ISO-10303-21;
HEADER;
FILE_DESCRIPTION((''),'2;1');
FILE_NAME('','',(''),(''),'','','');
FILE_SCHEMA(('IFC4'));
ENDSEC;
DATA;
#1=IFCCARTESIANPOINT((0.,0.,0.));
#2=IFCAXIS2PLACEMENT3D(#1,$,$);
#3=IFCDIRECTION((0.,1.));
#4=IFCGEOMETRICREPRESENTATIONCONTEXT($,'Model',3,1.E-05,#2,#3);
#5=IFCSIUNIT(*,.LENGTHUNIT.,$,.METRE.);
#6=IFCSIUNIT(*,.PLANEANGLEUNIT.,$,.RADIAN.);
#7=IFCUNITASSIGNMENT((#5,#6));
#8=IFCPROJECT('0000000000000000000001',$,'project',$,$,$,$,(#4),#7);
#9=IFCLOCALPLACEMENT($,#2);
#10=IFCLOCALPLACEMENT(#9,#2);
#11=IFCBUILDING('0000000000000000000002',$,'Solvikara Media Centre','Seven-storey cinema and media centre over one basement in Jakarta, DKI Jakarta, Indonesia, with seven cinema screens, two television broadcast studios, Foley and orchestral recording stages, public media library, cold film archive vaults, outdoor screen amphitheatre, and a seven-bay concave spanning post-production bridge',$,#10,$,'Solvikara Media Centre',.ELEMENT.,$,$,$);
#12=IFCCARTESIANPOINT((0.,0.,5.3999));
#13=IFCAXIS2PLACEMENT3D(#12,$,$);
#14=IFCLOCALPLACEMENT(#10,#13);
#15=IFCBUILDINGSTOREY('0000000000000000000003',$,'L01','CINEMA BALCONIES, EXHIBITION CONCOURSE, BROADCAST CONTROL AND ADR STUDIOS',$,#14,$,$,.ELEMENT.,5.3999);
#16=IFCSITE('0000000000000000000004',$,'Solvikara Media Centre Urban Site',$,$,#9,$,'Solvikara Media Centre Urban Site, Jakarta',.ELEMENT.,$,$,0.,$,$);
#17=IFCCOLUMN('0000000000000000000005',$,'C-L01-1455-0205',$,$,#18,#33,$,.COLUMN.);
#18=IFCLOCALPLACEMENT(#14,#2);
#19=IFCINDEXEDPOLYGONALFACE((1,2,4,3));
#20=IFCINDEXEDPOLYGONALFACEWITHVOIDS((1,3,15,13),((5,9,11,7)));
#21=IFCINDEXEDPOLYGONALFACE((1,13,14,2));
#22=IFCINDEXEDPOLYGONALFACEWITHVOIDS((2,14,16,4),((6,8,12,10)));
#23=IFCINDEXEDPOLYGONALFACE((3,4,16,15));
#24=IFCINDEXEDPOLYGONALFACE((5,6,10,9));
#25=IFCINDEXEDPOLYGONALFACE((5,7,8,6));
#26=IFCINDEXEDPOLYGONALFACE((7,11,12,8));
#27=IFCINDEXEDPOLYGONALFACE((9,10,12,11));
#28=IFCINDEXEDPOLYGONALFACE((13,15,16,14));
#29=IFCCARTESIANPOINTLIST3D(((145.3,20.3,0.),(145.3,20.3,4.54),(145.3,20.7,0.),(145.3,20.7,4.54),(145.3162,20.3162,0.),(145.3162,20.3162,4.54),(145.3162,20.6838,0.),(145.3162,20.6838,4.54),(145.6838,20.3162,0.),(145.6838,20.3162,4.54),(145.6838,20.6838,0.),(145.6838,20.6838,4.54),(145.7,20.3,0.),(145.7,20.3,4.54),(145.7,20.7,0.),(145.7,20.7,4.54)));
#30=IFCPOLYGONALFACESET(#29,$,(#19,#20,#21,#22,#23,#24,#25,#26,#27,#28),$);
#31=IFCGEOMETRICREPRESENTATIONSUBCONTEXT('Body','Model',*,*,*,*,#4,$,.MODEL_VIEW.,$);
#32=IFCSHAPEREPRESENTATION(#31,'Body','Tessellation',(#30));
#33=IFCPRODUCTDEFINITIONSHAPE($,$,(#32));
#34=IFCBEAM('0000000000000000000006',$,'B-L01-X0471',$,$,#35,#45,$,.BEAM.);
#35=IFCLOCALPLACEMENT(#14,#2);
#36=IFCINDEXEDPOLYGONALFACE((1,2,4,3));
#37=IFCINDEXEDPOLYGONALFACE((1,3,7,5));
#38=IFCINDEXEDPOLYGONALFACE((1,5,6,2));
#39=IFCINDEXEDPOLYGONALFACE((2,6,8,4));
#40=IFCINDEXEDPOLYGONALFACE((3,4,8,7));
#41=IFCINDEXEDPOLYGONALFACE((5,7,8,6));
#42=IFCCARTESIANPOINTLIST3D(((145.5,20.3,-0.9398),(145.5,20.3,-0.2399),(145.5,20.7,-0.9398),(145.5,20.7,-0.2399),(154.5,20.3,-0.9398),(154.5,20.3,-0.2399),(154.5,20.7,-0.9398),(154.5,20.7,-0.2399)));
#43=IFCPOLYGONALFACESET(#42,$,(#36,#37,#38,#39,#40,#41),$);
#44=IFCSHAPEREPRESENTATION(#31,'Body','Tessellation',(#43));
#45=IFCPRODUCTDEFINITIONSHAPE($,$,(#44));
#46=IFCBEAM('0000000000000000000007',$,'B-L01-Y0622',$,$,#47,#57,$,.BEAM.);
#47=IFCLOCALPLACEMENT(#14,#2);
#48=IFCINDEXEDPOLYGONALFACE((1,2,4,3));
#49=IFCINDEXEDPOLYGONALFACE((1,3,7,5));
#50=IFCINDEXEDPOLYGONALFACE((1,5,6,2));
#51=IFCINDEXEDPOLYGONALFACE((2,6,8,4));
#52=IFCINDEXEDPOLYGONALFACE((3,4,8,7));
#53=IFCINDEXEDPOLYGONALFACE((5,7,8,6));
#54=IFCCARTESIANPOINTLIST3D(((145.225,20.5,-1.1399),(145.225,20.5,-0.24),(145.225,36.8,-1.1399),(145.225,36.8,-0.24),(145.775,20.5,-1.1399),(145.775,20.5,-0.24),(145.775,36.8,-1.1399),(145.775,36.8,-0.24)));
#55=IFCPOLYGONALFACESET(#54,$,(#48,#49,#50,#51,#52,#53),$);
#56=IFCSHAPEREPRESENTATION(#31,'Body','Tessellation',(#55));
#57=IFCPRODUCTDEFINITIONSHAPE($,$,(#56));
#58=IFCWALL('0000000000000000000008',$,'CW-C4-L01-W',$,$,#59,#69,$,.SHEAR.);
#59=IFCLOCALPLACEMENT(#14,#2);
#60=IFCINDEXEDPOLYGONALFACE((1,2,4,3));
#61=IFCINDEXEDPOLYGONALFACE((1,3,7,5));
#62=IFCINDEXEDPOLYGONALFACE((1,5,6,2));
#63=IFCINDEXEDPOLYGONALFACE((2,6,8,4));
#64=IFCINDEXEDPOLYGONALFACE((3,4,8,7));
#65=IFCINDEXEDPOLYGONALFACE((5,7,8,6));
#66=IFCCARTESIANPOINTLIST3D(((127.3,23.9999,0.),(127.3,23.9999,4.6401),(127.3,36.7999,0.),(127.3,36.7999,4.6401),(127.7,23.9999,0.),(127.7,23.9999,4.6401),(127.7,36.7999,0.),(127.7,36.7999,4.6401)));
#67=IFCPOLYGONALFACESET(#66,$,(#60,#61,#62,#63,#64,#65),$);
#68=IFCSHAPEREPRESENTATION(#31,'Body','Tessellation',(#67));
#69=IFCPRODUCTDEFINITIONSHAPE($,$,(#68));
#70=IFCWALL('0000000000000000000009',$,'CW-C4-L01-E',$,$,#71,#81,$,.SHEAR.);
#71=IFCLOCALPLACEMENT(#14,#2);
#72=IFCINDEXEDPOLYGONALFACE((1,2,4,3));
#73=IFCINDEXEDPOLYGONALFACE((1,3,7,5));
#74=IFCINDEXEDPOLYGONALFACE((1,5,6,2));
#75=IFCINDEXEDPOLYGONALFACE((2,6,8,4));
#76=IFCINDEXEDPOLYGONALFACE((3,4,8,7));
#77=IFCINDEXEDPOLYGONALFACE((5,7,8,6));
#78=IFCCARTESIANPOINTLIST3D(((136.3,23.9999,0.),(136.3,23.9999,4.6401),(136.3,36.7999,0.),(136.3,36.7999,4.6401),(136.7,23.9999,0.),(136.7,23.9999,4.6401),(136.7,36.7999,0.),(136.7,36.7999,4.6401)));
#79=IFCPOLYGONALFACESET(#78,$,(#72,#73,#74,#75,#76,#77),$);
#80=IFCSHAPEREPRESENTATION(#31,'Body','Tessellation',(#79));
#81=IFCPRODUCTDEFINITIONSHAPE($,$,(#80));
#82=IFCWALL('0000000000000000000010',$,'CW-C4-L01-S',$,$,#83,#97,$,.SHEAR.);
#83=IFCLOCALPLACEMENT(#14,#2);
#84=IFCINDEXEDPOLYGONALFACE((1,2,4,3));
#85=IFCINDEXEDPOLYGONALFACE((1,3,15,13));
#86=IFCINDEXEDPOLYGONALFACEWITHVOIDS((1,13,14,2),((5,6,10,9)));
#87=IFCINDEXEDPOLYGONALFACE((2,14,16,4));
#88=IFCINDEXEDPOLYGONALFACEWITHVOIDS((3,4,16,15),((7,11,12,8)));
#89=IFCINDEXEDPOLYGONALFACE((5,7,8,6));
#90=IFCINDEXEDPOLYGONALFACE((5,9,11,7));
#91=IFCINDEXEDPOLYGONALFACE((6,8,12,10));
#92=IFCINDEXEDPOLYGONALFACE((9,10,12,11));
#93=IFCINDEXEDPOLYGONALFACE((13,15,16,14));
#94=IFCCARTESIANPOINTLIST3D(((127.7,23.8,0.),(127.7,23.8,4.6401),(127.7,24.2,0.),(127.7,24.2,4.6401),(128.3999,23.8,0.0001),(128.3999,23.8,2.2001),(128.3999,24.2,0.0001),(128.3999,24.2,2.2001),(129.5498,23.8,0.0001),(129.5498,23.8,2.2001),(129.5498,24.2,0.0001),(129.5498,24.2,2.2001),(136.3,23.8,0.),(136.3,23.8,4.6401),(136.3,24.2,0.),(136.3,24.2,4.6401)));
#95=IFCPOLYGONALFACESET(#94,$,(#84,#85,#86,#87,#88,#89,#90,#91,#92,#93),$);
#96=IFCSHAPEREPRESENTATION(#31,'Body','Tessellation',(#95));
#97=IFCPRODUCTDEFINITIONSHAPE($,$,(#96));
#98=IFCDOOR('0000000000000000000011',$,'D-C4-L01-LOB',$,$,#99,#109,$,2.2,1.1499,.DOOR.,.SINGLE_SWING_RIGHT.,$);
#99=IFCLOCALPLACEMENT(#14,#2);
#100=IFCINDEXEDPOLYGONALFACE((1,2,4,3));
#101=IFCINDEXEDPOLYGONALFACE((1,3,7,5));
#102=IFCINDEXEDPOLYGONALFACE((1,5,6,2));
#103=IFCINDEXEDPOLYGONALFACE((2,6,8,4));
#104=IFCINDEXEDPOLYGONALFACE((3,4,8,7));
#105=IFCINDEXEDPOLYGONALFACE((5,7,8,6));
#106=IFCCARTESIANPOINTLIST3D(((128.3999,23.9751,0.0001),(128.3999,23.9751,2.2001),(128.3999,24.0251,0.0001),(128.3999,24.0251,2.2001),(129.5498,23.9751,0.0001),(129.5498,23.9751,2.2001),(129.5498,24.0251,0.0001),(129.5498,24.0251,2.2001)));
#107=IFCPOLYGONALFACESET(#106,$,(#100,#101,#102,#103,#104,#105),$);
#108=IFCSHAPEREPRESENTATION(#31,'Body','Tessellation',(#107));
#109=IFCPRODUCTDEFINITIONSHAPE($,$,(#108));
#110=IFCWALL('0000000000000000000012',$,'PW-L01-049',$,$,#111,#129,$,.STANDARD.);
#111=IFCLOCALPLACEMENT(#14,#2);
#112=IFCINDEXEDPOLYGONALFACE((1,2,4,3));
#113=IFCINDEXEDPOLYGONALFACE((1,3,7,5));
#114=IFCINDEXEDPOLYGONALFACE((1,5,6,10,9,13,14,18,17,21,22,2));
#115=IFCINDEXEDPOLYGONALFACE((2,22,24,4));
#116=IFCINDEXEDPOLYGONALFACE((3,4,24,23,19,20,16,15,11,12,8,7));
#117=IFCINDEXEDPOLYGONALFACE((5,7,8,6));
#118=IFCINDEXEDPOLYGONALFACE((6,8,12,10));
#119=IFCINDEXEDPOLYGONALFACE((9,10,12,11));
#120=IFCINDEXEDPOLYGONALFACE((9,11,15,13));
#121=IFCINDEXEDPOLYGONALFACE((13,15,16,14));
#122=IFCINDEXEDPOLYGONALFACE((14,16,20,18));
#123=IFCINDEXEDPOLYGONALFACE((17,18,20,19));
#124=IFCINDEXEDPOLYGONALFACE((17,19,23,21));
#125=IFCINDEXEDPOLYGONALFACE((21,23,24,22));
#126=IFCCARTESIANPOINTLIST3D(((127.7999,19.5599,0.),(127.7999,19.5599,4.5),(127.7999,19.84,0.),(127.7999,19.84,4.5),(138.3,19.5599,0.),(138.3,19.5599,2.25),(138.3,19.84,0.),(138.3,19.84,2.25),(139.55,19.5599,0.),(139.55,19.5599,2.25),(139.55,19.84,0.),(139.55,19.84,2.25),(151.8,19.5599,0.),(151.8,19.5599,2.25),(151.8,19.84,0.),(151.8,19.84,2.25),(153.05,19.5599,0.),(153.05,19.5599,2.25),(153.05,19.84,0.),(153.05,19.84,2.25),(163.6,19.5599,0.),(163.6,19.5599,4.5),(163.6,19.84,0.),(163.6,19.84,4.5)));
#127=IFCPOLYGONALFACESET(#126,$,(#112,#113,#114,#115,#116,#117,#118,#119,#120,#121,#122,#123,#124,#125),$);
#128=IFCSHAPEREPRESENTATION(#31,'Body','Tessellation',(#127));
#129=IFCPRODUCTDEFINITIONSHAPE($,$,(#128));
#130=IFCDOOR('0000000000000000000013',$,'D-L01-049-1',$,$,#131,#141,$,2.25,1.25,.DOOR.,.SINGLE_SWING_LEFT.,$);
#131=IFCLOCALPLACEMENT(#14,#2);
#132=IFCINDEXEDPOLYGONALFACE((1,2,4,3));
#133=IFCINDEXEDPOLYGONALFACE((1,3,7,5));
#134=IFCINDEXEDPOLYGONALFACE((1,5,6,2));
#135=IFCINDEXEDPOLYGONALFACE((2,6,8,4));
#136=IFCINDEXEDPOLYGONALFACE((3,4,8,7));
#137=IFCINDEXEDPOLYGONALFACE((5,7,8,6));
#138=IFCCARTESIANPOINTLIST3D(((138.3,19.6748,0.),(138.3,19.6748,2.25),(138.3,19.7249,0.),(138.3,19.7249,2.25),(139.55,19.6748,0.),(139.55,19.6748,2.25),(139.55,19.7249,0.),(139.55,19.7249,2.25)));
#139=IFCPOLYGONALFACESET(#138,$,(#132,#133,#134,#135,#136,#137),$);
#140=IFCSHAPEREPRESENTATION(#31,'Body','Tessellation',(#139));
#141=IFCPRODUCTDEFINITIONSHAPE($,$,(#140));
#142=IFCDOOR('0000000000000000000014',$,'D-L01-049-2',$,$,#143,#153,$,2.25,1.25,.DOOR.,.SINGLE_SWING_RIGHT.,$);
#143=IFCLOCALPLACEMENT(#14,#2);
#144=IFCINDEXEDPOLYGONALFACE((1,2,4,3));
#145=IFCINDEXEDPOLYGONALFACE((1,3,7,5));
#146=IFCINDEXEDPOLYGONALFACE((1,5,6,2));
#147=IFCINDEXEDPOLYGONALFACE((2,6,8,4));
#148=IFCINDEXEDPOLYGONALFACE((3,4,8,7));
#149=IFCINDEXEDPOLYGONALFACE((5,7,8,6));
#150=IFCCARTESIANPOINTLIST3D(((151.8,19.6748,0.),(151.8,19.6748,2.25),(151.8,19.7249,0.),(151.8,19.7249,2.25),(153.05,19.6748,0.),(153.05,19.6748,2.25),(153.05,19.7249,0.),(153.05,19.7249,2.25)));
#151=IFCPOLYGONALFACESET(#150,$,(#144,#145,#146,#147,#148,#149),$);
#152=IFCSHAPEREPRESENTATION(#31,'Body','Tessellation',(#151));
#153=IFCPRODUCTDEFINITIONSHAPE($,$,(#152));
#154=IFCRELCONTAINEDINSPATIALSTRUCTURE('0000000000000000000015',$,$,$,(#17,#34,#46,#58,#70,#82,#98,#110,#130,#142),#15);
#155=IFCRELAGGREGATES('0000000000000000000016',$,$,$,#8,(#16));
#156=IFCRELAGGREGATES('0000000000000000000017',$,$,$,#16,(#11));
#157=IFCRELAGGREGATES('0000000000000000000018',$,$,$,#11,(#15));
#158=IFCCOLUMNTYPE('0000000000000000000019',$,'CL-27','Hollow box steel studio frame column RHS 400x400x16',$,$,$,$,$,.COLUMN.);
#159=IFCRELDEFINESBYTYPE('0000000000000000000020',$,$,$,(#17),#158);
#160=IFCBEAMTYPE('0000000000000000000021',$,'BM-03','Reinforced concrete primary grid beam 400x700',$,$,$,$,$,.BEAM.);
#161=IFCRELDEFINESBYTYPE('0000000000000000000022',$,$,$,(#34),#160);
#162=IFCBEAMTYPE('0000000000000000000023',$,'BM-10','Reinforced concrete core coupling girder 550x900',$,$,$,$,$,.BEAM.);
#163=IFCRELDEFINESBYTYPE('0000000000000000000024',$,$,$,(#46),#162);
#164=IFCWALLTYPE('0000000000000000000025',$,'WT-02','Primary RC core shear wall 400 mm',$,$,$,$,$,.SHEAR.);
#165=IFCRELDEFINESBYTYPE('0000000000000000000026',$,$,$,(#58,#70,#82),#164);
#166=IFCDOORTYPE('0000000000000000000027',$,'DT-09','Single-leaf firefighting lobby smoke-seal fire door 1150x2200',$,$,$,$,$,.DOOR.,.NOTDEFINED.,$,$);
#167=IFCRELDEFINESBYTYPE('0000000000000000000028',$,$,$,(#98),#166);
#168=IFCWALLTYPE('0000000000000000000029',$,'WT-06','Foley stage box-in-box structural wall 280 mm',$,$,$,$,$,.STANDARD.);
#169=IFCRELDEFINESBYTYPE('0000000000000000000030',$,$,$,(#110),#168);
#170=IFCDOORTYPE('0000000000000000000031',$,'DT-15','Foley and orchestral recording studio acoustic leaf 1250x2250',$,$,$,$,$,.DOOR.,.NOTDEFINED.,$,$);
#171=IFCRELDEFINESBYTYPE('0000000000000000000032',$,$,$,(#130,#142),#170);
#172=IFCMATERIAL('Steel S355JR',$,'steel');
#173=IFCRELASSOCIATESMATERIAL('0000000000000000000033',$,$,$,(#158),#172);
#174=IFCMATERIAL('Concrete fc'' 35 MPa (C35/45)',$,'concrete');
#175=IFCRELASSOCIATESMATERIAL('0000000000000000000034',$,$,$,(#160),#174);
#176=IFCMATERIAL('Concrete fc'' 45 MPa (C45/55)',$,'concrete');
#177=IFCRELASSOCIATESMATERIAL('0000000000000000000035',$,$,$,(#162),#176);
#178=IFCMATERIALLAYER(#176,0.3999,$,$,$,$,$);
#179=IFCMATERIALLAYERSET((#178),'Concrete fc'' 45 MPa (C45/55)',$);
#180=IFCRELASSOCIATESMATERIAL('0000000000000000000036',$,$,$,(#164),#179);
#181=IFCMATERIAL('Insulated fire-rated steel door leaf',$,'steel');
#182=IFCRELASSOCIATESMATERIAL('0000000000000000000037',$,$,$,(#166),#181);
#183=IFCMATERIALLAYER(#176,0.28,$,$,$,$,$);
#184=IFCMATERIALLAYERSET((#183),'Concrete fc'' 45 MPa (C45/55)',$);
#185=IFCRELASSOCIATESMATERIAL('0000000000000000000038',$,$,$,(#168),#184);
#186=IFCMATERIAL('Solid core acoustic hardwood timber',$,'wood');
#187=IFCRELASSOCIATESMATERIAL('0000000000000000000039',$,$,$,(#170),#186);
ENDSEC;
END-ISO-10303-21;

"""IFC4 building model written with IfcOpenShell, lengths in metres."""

from ifc_helpers import new_model, si_unit, direction, frame, frame_2d, origin, origin_2d, place, context, subcontext, project, spatial, rectangle, hollow_rectangle, extrude, material, layer, layer_set, material_profile, profile_set, type_object, element, fill, save


model = new_model("IFC4")

# Units and contexts
model_context = context("Model", 3, precision=1e-05, world=origin(), true_north=direction((0.0, 1.0)))
body_context = subcontext(model_context, "Body", "Model", "MODEL_VIEW")
ifc_project = project(units=[si_unit("LENGTHUNIT", "METRE"), si_unit("PLANEANGLEUNIT", "RADIAN")], contexts=[model_context])

# Site, building, storey
site_placement = place(None, origin())
site = spatial("IfcSite", under=ifc_project, at=site_placement, Name="Solvikara Media Centre Urban Site", LongName="Solvikara Media Centre Urban Site, Jakarta", CompositionType="ELEMENT", RefElevation=0.0)
building_placement = place(site_placement, origin())
building = spatial("IfcBuilding", under=site, at=building_placement, Name="Solvikara Media Centre", Description="Seven-storey cinema and media centre over one basement in Jakarta, DKI Jakarta, Indonesia, with seven cinema screens, two television broadcast studios, Foley and orchestral recording stages, public media library, cold film archive vaults, outdoor screen amphitheatre, and a seven-bay concave spanning post-production bridge", LongName="Solvikara Media Centre", CompositionType="ELEMENT")
storey_placement = place(building_placement, frame((0.0, 0.0, 5.3999)))
storey = spatial("IfcBuildingStorey", under=building, at=storey_placement, Name="L01", Description="CINEMA BALCONIES, EXHIBITION CONCOURSE, BROADCAST CONTROL AND ADR STUDIOS", CompositionType="ELEMENT", Elevation=5.3999)

# Column
ifc_material_1 = material(Name="Steel S355JR", Category="steel")
ifc_material_profile_1 = material_profile(ifc_material_1, hollow_rectangle(XDim=0.3999, YDim=0.3999, WallThickness=0.0161, at=origin_2d()), Name="RHS 400x400x16")
ifc_profile_set_1 = profile_set([ifc_material_profile_1], Name="Steel S355JR")
column_type = type_object("IfcColumnType", Name="CL-27", Description="Hollow box steel studio frame column RHS 400x400x16", PredefinedType="COLUMN", material=ifc_profile_set_1)
column_placement = place(storey_placement, frame((145.5, 20.5, 0.0), z_axis=(0.0, 0.0, 1.0), x_axis=(1.0, 0.0, 0.0)))
element("IfcColumn", 1, at=column_placement, inside=storey, type_object=column_type, Name="C-L01-1455-0205", PredefinedType="COLUMN", context=body_context, shape_type="SweptSolid", body=[
    extrude(hollow_rectangle(XDim=0.3999, YDim=0.3999, WallThickness=0.0161, at=origin_2d()), origin(), (0.0, 0.0, 1.0), 4.54),
])

# Beams
ifc_material_2 = material(Name="Concrete fc' 35 MPa (C35/45)", Category="concrete")
ifc_material_profile_2 = material_profile(ifc_material_2, rectangle(XDim=0.3999, YDim=0.7, at=origin_2d()), Name="RC 400x700")
ifc_profile_set_2 = profile_set([ifc_material_profile_2], Name="Concrete fc' 35 MPa (C35/45)")
beam_type_1 = type_object("IfcBeamType", Name="BM-03", Description="Reinforced concrete primary grid beam 400x700", PredefinedType="BEAM", material=ifc_profile_set_2)
beam_1_placement = place(storey_placement, frame((145.5, 20.5, -0.5898), z_axis=(1.0, 0.0, 0.0), x_axis=(0.0, 1.0, 0.0)))
element("IfcBeam", 2, at=beam_1_placement, inside=storey, type_object=beam_type_1, Name="B-L01-X0471", PredefinedType="BEAM", context=body_context, shape_type="SweptSolid", body=[
    extrude(rectangle(XDim=0.3999, YDim=0.7, at=origin_2d()), origin(), (0.0, 0.0, 1.0), 9.0),
])
ifc_material_3 = material(Name="Concrete fc' 45 MPa (C45/55)", Category="concrete")
ifc_material_profile_3 = material_profile(ifc_material_3, rectangle(XDim=0.55, YDim=0.8999, at=origin_2d()), Name="RC 550x900")
ifc_profile_set_3 = profile_set([ifc_material_profile_3], Name="Concrete fc' 45 MPa (C45/55)")
beam_type_2 = type_object("IfcBeamType", Name="BM-10", Description="Reinforced concrete core coupling girder 550x900", PredefinedType="BEAM", material=ifc_profile_set_3)
beam_2_placement = place(storey_placement, frame((145.5, 20.5, -0.6899), z_axis=(0.0, 1.0, 0.0), x_axis=(-1.0, 0.0, 0.0)))
element("IfcBeam", 3, at=beam_2_placement, inside=storey, type_object=beam_type_2, Name="B-L01-Y0622", PredefinedType="BEAM", context=body_context, shape_type="SweptSolid", body=[
    extrude(rectangle(XDim=0.55, YDim=0.8999, at=origin_2d()), origin(), (0.0, 0.0, 1.0), 16.3),
])

# Walls
ifc_layer_1 = layer(ifc_material_3, 0.3999)
ifc_layer_set_1 = layer_set([ifc_layer_1], Name="Concrete fc' 45 MPa (C45/55)")
wall_type_1 = type_object("IfcWallType", Name="WT-02", Description="Primary RC core shear wall 400 mm", PredefinedType="SHEAR", material=ifc_layer_set_1)
for number, where, z_axis, x_axis, name in (
    (4, (127.5, 24.0, 0.0), (0.0, 0.0, 1.0), (0.0, 1.0, 0.0), "CW-C4-L01-W"),
    (5, (136.5, 24.0, 0.0), (0.0, 0.0, 1.0), (0.0, 1.0, 0.0), "CW-C4-L01-E"),
):
    element("IfcWall", number, at=place(storey_placement, frame(where, z_axis=z_axis, x_axis=x_axis)), inside=storey, type_object=wall_type_1, Name=name, PredefinedType="SHEAR", context=body_context, shape_type="SweptSolid", body=[
        extrude(rectangle(XDim=12.8, YDim=0.3999, at=frame_2d((6.3999, 0.0))), origin(), (0.0, 0.0, 1.0), 4.6401),
    ])

# Wall, opening, door
wall_1_placement = place(storey_placement, frame((127.7, 24.0, 0.0), z_axis=(0.0, 0.0, 1.0), x_axis=(1.0, 0.0, 0.0)))
wall_1 = element("IfcWall", 6, at=wall_1_placement, inside=storey, type_object=wall_type_1, Name="CW-C4-L01-S", PredefinedType="SHEAR", context=body_context, shape_type="SweptSolid", body=[
    extrude(rectangle(XDim=8.6001, YDim=0.3999, at=frame_2d((4.3, 0.0))), origin(), (0.0, 0.0, 1.0), 4.6401),
])
opening_1_placement = place(wall_1_placement, frame((0.7, 0.0, 0.0)))
opening_1 = element("IfcOpeningElement", 7, at=opening_1_placement, cuts=wall_1, PredefinedType="OPENING", context=body_context, shape_type="SweptSolid", body=[
    extrude(rectangle(XDim=1.1499, YDim=2.2, at=frame_2d((0.575, 1.1001))), frame((0.0, 0.2119, 0.0), z_axis=(0.0, -1.0, 0.0), x_axis=(1.0, 0.0, 0.0)), (0.0, 0.0, 1.0), 0.4238),
])
ifc_material_4 = material(Name="Insulated fire-rated steel door leaf", Category="steel")
door_type_1 = type_object("IfcDoorType", Name="DT-09", Description="Single-leaf firefighting lobby smoke-seal fire door 1150x2200", OperationType="NOTDEFINED", PredefinedType="DOOR", material=ifc_material_4)
door_1_placement = place(opening_1_placement, frame((1.1499, 0.0, 0.0), z_axis=(0.0, 0.0, 1.0), x_axis=(-1.0, 0.0, 0.0)))
door_1 = element("IfcDoor", 8, at=door_1_placement, inside=storey, type_object=door_type_1, Name="D-C4-L01-LOB", OperationType="SINGLE_SWING_RIGHT", OverallHeight=2.2, OverallWidth=1.1499, PredefinedType="DOOR", context=body_context, shape_type="SweptSolid", body=[
    extrude(rectangle(XDim=1.1499, YDim=2.2, at=frame_2d((0.575, 1.1001))), frame((0.0, 0.0249, 0.0), z_axis=(0.0, -1.0, 0.0), x_axis=(1.0, 0.0, 0.0)), (0.0, 0.0, 1.0), 0.05),
])
fill(opening_1, door_1)

# Wall, openings, doors
ifc_layer_2 = layer(ifc_material_3, 0.28)
ifc_layer_set_2 = layer_set([ifc_layer_2], Name="Concrete fc' 45 MPa (C45/55)")
wall_type_2 = type_object("IfcWallType", Name="WT-06", Description="Foley stage box-in-box structural wall 280 mm", PredefinedType="STANDARD", material=ifc_layer_set_2)
wall_2_placement = place(storey_placement, frame((127.8, 19.7, 0.0), z_axis=(0.0, 0.0, 1.0), x_axis=(1.0, 0.0, 0.0)))
wall_2 = element("IfcWall", 9, at=wall_2_placement, inside=storey, type_object=wall_type_2, Name="PW-L01-049", PredefinedType="STANDARD", context=body_context, shape_type="SweptSolid", body=[
    extrude(rectangle(XDim=35.8, YDim=0.28, at=frame_2d((17.8999, 0.0))), origin(), (0.0, 0.0, 1.0), 4.5),
])
opening_2_placement = place(wall_2_placement, frame((10.5, 0.0, 0.0)))
opening_2 = element("IfcOpeningElement", 10, at=opening_2_placement, cuts=wall_2, PredefinedType="OPENING", context=body_context, shape_type="SweptSolid", body=[
    extrude(rectangle(XDim=1.25, YDim=2.25, at=frame_2d((0.625, 1.125))), frame((0.0, 0.1519, 0.0), z_axis=(0.0, -1.0, 0.0), x_axis=(1.0, 0.0, 0.0)), (0.0, 0.0, 1.0), 0.304),
])
opening_3_placement = place(wall_2_placement, frame((24.0, 0.0, 0.0)))
opening_3 = element("IfcOpeningElement", 11, at=opening_3_placement, cuts=wall_2, PredefinedType="OPENING", context=body_context, shape_type="SweptSolid", body=[
    extrude(rectangle(XDim=1.25, YDim=2.25, at=frame_2d((0.625, 1.125))), frame((0.0, 0.1519, 0.0), z_axis=(0.0, -1.0, 0.0), x_axis=(1.0, 0.0, 0.0)), (0.0, 0.0, 1.0), 0.304),
])
ifc_material_5 = material(Name="Solid core acoustic hardwood timber", Category="wood")
door_type_2 = type_object("IfcDoorType", Name="DT-15", Description="Foley and orchestral recording studio acoustic leaf 1250x2250", OperationType="NOTDEFINED", PredefinedType="DOOR", material=ifc_material_5)
door_2_placement = place(opening_2_placement, origin())
door_2 = element("IfcDoor", 12, at=door_2_placement, inside=storey, type_object=door_type_2, Name="D-L01-049-1", OperationType="SINGLE_SWING_LEFT", OverallHeight=2.25, OverallWidth=1.25, PredefinedType="DOOR", context=body_context, shape_type="SweptSolid", body=[
    extrude(rectangle(XDim=1.25, YDim=2.25, at=frame_2d((0.625, 1.125))), frame((0.0, 0.0249, 0.0), z_axis=(0.0, -1.0, 0.0), x_axis=(1.0, 0.0, 0.0)), (0.0, 0.0, 1.0), 0.05),
])
fill(opening_2, door_2)
door_3_placement = place(opening_3_placement, origin())
door_3 = element("IfcDoor", 13, at=door_3_placement, inside=storey, type_object=door_type_2, Name="D-L01-049-2", OperationType="SINGLE_SWING_RIGHT", OverallHeight=2.25, OverallWidth=1.25, PredefinedType="DOOR", context=body_context, shape_type="SweptSolid", body=[
    extrude(rectangle(XDim=1.25, YDim=2.25, at=frame_2d((0.625, 1.125))), frame((0.0, 0.0249, 0.0), z_axis=(0.0, -1.0, 0.0), x_axis=(1.0, 0.0, 0.0)), (0.0, 0.0, 1.0), 0.05),
])
fill(opening_3, door_3)

save(model, "model.ifc")
